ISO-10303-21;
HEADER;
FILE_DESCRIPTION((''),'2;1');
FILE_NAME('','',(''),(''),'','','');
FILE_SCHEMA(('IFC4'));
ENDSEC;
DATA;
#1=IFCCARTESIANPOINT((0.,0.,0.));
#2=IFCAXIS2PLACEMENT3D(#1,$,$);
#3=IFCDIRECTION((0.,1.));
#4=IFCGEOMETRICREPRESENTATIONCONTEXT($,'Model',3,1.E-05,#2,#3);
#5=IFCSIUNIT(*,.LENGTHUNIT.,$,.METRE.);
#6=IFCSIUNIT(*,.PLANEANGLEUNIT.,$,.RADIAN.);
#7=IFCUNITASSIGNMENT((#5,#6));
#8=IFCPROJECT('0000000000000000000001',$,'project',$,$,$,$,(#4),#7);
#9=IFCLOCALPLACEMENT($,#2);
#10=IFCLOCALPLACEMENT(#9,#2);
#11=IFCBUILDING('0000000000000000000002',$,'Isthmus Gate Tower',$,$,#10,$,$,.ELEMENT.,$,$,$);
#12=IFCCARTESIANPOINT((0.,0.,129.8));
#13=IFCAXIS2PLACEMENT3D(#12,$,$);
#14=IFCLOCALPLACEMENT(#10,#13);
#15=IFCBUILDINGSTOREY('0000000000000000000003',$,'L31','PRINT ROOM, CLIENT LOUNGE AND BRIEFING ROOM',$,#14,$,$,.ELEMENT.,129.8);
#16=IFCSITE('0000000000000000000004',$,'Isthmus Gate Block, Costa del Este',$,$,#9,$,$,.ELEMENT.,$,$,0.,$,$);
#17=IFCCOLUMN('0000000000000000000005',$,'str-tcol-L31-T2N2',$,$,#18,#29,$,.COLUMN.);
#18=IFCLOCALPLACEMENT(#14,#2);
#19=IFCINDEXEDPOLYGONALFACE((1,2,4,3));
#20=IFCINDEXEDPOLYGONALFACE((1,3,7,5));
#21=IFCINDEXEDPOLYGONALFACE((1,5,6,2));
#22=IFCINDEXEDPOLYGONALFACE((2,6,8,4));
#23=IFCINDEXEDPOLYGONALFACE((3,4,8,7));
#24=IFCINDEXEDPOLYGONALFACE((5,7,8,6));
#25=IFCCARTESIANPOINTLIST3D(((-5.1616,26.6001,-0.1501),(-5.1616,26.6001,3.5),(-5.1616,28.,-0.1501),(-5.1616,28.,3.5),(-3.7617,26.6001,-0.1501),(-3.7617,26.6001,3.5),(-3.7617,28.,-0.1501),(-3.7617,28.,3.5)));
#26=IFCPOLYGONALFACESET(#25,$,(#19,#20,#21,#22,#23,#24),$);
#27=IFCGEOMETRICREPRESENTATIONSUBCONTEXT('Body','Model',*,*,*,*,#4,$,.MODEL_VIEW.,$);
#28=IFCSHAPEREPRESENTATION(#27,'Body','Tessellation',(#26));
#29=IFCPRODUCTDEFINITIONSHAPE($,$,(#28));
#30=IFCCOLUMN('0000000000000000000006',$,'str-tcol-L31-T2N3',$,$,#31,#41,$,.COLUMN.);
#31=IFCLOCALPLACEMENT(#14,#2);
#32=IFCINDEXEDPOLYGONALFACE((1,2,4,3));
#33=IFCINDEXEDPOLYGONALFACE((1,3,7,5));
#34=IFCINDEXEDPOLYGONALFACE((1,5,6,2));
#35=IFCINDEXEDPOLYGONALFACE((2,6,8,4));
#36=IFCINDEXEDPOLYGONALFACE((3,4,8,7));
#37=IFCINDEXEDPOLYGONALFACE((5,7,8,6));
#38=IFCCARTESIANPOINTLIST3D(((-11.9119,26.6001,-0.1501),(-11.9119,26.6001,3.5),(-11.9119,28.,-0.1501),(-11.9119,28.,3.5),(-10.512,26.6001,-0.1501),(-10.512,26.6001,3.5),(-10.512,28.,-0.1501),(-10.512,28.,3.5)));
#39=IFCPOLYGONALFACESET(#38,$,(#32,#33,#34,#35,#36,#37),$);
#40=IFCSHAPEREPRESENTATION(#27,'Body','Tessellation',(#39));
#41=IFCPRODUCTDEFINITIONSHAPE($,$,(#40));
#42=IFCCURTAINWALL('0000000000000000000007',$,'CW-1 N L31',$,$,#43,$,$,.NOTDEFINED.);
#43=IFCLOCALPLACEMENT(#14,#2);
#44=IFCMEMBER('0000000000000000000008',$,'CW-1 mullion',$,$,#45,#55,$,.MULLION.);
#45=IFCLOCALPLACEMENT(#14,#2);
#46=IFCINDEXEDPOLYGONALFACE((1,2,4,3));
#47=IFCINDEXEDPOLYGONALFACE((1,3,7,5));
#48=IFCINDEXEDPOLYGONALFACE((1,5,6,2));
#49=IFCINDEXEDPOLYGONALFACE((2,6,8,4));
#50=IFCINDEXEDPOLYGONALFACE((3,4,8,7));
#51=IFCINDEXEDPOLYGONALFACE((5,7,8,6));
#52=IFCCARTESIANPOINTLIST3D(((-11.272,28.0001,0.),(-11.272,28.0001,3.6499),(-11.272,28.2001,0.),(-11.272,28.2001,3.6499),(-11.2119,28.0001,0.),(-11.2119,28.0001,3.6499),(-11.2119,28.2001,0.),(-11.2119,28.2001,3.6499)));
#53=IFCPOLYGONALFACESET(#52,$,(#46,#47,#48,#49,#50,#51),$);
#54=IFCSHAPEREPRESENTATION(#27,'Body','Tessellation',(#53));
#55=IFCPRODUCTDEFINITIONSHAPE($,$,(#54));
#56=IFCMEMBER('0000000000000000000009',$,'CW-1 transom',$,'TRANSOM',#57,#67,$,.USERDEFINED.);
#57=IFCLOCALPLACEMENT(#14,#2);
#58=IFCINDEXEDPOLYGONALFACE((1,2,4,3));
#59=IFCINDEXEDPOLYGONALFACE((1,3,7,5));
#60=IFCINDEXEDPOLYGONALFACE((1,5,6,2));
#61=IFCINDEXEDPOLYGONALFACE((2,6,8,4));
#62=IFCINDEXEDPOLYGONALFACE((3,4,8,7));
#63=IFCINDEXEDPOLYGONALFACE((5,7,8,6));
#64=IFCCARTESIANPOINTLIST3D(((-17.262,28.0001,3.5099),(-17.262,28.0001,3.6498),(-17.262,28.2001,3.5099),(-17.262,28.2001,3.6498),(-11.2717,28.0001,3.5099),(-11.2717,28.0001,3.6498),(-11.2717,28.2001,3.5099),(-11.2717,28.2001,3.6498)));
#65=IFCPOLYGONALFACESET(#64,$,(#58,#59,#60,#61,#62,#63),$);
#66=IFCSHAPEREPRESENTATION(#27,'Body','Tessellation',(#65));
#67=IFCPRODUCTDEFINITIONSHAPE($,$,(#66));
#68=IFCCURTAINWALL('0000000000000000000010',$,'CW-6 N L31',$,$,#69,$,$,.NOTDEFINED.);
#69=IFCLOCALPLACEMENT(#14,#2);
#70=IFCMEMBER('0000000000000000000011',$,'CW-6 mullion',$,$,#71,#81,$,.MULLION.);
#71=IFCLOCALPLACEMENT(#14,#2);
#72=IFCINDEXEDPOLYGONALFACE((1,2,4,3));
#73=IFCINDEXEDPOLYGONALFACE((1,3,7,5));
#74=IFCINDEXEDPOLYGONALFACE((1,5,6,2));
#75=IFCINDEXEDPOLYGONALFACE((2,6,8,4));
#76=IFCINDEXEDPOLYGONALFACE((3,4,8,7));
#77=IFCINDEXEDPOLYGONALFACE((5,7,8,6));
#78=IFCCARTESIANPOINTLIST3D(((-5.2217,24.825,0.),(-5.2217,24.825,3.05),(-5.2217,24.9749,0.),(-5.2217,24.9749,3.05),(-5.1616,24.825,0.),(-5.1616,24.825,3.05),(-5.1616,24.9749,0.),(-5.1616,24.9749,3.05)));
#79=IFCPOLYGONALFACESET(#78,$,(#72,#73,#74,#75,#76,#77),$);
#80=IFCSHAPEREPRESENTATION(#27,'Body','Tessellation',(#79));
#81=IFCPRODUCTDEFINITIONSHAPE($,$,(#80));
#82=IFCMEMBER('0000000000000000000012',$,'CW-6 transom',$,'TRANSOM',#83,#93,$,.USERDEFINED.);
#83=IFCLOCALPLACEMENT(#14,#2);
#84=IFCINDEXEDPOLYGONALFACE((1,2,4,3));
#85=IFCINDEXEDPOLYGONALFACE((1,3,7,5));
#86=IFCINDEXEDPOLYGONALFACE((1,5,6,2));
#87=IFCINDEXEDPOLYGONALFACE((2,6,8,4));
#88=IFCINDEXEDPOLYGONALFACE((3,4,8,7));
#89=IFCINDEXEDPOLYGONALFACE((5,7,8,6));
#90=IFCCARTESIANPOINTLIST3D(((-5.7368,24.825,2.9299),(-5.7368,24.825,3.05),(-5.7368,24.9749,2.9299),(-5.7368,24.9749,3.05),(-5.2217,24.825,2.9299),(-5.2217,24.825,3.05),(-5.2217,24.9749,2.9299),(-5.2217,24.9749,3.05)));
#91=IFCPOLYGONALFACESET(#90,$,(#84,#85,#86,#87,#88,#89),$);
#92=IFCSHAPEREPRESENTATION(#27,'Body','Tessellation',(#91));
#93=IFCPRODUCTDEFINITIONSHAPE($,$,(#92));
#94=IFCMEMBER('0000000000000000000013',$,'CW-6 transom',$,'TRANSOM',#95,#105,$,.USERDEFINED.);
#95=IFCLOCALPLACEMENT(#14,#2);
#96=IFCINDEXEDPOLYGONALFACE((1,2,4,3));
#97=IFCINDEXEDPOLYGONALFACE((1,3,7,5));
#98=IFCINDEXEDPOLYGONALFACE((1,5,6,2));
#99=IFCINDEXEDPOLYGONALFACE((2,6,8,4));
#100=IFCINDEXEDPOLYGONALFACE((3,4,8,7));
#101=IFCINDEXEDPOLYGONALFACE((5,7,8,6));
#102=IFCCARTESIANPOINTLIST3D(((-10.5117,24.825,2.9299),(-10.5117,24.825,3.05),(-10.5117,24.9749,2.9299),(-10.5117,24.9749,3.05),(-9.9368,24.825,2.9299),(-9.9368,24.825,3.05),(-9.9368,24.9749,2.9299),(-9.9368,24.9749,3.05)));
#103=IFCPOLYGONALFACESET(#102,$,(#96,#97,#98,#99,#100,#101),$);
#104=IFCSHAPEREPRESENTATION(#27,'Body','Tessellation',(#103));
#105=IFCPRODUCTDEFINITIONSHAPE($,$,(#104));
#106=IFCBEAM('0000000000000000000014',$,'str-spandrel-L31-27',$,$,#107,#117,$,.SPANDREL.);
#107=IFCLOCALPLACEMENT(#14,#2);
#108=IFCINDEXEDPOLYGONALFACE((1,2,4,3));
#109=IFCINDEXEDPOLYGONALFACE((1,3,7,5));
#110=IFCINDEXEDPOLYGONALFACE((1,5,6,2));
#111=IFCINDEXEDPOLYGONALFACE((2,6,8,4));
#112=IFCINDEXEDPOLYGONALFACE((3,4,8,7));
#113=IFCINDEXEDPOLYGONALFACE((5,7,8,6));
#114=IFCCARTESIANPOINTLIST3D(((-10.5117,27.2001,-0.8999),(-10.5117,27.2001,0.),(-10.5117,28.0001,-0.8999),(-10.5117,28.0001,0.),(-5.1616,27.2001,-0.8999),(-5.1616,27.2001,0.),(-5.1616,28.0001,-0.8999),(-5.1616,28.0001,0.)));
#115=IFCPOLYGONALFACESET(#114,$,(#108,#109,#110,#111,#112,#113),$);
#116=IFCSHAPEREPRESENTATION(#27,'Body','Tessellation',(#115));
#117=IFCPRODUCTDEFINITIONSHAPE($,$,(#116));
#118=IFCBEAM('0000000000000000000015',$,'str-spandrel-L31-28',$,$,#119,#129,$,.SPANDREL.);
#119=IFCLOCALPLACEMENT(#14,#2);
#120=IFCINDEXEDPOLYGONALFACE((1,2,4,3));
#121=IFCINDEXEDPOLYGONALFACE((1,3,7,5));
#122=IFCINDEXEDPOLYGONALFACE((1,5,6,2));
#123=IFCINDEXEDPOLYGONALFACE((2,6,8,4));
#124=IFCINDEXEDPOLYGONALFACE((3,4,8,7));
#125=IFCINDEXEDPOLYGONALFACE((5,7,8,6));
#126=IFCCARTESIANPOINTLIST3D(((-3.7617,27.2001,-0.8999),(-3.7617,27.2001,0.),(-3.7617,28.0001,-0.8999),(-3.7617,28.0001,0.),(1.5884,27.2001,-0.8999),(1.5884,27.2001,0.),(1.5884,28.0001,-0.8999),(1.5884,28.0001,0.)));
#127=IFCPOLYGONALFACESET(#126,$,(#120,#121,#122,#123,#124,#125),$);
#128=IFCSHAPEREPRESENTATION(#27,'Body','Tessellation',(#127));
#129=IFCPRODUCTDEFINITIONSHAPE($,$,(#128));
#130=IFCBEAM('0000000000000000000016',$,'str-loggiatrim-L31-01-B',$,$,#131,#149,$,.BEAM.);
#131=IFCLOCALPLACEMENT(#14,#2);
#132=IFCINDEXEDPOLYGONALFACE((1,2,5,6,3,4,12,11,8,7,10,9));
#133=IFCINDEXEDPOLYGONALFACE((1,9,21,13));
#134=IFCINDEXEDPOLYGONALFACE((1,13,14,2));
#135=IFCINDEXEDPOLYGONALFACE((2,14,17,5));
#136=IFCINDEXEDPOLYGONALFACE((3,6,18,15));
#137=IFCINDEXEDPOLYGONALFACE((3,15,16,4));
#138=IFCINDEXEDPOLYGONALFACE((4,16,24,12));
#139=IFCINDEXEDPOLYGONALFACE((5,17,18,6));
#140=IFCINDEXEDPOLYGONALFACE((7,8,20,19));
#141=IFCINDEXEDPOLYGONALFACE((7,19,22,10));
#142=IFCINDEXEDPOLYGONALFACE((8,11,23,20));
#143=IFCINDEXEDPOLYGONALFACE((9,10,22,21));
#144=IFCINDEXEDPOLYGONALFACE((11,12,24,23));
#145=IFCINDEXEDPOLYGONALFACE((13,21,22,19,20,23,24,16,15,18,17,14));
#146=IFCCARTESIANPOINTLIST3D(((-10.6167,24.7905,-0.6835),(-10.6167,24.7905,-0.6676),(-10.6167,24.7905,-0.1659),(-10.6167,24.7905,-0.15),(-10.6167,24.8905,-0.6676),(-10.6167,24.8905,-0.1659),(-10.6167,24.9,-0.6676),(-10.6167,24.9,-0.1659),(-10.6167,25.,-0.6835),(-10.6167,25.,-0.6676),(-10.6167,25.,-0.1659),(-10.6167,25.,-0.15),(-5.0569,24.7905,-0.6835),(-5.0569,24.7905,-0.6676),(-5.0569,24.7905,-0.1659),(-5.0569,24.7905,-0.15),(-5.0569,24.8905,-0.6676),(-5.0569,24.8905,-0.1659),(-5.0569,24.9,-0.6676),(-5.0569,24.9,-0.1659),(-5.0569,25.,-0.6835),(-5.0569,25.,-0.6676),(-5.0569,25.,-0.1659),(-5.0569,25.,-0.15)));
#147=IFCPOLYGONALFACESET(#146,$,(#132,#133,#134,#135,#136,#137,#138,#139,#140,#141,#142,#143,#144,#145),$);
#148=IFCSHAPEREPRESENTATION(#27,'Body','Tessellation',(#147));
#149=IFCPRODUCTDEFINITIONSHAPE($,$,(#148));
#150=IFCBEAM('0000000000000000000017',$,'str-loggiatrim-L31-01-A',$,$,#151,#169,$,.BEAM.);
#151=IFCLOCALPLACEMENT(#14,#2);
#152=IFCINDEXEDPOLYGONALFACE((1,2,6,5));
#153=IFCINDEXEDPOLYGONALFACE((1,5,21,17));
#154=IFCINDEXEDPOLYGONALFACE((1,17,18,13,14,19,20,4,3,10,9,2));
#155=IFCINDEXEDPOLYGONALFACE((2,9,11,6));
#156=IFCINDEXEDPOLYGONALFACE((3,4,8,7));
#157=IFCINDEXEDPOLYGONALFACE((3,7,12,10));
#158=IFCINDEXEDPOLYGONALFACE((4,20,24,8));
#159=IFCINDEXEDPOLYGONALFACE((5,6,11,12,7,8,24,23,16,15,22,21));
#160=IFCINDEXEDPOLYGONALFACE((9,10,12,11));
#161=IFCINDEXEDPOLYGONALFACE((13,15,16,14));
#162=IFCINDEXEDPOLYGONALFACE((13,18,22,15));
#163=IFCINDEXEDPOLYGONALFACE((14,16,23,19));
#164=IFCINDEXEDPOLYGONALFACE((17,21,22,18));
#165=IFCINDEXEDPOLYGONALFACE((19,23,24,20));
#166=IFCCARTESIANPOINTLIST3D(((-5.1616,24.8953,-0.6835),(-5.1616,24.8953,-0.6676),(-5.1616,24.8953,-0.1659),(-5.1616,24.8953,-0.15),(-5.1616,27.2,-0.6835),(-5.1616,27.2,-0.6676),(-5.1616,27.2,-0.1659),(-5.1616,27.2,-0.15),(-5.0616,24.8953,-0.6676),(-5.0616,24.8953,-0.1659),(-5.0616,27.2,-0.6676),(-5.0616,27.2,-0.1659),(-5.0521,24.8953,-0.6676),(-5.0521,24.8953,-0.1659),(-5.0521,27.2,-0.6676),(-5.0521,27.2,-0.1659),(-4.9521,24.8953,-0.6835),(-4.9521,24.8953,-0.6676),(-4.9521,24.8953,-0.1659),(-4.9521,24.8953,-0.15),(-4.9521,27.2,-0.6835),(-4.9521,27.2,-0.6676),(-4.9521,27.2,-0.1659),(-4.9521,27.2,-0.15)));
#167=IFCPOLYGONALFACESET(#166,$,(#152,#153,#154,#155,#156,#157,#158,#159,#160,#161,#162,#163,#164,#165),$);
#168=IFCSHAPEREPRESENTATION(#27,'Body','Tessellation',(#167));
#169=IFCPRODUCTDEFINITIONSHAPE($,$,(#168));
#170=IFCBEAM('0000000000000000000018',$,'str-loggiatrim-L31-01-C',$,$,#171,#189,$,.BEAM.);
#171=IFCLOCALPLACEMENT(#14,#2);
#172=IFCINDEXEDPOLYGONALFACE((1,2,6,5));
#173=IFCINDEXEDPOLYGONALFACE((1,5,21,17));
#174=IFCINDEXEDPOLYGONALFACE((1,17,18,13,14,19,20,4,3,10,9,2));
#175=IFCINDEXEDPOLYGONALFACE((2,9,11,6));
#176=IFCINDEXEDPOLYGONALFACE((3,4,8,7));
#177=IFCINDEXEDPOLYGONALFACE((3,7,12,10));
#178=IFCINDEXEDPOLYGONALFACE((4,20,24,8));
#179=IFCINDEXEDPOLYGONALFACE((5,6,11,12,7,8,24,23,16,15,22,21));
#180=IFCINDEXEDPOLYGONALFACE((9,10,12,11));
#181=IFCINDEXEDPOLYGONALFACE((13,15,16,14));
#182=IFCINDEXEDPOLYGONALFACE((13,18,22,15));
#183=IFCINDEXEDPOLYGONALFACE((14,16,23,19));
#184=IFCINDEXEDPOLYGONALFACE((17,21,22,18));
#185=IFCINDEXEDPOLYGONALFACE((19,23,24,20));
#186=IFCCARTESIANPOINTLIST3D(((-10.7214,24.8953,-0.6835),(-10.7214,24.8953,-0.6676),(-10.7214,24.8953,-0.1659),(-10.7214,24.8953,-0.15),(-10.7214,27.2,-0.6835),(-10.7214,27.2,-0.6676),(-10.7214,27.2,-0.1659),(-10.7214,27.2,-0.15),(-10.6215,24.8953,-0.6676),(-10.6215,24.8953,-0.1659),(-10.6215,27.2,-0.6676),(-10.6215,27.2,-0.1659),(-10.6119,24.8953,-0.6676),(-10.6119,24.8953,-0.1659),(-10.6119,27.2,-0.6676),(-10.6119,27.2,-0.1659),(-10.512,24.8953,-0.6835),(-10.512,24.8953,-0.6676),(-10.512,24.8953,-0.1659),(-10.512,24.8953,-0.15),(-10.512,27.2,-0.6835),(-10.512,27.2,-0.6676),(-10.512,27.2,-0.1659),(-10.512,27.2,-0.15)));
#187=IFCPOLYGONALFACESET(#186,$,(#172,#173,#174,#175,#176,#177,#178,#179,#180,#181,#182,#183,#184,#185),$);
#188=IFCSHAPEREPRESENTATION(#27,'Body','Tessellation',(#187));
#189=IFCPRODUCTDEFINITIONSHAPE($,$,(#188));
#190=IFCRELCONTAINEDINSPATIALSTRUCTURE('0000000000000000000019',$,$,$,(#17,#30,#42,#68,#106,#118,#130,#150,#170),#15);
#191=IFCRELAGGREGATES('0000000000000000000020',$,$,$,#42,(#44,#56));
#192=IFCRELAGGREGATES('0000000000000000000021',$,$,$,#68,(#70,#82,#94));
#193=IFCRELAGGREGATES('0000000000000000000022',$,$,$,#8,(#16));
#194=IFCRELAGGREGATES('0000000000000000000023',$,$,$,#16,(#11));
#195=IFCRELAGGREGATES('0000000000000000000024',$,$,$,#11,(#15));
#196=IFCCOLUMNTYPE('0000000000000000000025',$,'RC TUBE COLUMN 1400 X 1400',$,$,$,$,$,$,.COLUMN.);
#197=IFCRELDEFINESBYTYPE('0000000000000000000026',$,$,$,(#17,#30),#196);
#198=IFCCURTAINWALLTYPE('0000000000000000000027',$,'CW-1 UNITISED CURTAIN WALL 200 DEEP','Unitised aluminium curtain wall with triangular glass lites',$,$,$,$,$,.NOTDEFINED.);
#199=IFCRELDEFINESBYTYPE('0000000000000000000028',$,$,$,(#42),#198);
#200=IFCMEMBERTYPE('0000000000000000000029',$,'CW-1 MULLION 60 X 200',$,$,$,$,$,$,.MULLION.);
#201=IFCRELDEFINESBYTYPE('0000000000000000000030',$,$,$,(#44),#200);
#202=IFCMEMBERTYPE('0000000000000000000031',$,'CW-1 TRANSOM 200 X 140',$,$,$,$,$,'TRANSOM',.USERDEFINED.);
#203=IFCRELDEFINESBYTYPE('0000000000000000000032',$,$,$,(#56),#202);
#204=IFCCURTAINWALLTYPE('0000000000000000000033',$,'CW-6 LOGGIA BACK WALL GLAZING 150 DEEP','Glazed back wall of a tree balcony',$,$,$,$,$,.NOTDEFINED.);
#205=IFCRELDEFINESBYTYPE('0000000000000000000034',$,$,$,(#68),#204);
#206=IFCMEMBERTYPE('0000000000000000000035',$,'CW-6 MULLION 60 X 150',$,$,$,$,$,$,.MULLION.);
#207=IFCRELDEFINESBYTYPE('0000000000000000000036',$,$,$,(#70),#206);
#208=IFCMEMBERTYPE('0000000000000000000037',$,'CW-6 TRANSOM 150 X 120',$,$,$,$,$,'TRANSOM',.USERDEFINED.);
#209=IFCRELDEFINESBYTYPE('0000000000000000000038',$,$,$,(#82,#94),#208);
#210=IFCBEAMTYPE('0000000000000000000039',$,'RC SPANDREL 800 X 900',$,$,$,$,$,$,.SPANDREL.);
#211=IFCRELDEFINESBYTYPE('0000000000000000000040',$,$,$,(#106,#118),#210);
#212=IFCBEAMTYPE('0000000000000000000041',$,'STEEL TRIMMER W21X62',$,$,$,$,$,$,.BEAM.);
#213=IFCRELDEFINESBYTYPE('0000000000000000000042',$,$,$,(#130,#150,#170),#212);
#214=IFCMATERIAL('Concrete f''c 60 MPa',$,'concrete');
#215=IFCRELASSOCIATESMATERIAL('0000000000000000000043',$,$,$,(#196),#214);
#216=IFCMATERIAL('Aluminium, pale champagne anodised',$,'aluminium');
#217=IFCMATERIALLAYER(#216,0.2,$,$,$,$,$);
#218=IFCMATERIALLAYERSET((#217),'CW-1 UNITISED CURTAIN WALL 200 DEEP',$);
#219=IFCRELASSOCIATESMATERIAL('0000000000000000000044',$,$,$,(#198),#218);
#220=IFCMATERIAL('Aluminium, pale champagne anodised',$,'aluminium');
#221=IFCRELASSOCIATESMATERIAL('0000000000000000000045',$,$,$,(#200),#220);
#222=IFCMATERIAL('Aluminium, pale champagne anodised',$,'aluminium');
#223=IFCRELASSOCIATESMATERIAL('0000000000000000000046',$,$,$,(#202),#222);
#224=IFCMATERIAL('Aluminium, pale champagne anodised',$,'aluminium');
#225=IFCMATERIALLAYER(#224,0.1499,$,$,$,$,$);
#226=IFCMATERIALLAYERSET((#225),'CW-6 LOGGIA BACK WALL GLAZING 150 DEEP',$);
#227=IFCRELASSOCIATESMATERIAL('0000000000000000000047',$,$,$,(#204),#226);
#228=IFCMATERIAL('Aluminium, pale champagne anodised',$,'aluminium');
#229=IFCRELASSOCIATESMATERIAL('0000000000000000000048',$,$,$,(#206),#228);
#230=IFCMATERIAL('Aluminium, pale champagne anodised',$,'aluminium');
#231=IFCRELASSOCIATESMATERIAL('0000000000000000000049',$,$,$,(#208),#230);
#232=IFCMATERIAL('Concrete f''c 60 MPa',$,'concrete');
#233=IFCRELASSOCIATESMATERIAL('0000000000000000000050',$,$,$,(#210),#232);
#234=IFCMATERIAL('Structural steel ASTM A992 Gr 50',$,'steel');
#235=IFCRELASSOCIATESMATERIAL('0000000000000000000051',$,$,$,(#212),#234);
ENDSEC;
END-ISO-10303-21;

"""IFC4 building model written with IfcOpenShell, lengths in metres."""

from ifc_helpers import new_model, si_unit, direction, frame, origin, origin_2d, place, context, subcontext, project, spatial, rectangle, i_section, extrude, material, layer, layer_set, material_profile, profile_set, type_object, element, aggregate, save


model = new_model("IFC4")

# Units and contexts
model_context = context("Model", 3, precision=1e-05, world=origin(), true_north=direction((0.0, 1.0)))
body_context = subcontext(model_context, "Body", "Model", "MODEL_VIEW")
ifc_project = project(units=[si_unit("LENGTHUNIT", "METRE"), si_unit("PLANEANGLEUNIT", "RADIAN")], contexts=[model_context])

# Site, building, storey
site_placement = place(None, origin())
site = spatial("IfcSite", under=ifc_project, at=site_placement, Name="Isthmus Gate Block, Costa del Este", CompositionType="ELEMENT", RefElevation=0.0)
building_placement = place(site_placement, origin())
building = spatial("IfcBuilding", under=site, at=building_placement, Name="Isthmus Gate Tower", CompositionType="ELEMENT")
storey_placement = place(building_placement, frame((0.0, 0.0, 129.8)))
storey = spatial("IfcBuildingStorey", under=building, at=storey_placement, Name="L31", Description="PRINT ROOM, CLIENT LOUNGE AND BRIEFING ROOM", CompositionType="ELEMENT", Elevation=129.8)

# Columns
ifc_material_1 = material(Name="Concrete f'c 60 MPa", Category="concrete")
ifc_material_profile_1 = material_profile(ifc_material_1, rectangle(XDim=1.3999, YDim=1.3999, at=origin_2d()), Name="RC 1400X1400")
ifc_profile_set_1 = profile_set([ifc_material_profile_1], Name="Concrete f'c 60 MPa")
column_type = type_object("IfcColumnType", Name="RC TUBE COLUMN 1400 X 1400", PredefinedType="COLUMN", material=ifc_profile_set_1)
for number, where, z_axis, x_axis, name in (
    (1, (-4.4617, 27.3, -0.1501), (0.0, 0.0, 1.0), (-1.0, 0.0, 0.0), "str-tcol-L31-T2N2"),
    (2, (-11.2119, 27.3, -0.1501), (0.0, 0.0, 1.0), (-1.0, 0.0, 0.0), "str-tcol-L31-T2N3"),
):
    element("IfcColumn", number, at=place(storey_placement, frame(where, z_axis=z_axis, x_axis=x_axis)), inside=storey, type_object=column_type, Name=name, PredefinedType="COLUMN", context=body_context, shape_type="SweptSolid", body=[
        extrude(rectangle(XDim=1.3999, YDim=1.3999, at=origin_2d()), origin(), (0.0, 0.0, 1.0), 3.6501),
    ])

# Curtain walls, members
ifc_material_2 = material(Name="Aluminium, pale champagne anodised", Category="aluminium")
ifc_layer_1 = layer(ifc_material_2, 0.2)
ifc_layer_set_1 = layer_set([ifc_layer_1], Name="CW-1 UNITISED CURTAIN WALL 200 DEEP")
curtain_wall_type_1 = type_object("IfcCurtainWallType", Name="CW-1 UNITISED CURTAIN WALL 200 DEEP", Description="Unitised aluminium curtain wall with triangular glass lites", PredefinedType="NOTDEFINED", material=ifc_layer_set_1)
curtain_wall_1_placement = place(storey_placement, origin())
curtain_wall_1 = element("IfcCurtainWall", 3, at=curtain_wall_1_placement, inside=storey, type_object=curtain_wall_type_1, Name="CW-1 N L31", PredefinedType="NOTDEFINED")
ifc_material_3 = material(Name="Aluminium, pale champagne anodised", Category="aluminium")
ifc_material_profile_2 = material_profile(ifc_material_3, rectangle(XDim=0.0601, YDim=0.2, at=origin_2d()), Name="60x200")
ifc_profile_set_2 = profile_set([ifc_material_profile_2], Name="Aluminium, pale champagne anodised")
member_type_1 = type_object("IfcMemberType", Name="CW-1 MULLION 60 X 200", PredefinedType="MULLION", material=ifc_profile_set_2)
member_1_placement = place(storey_placement, frame((-11.2419, 28.1001, 0.0), z_axis=(0.0, 0.0, 1.0), x_axis=(-1.0, 0.0, 0.0)))
member_1 = element("IfcMember", 4, at=member_1_placement, type_object=member_type_1, Name="CW-1 mullion", PredefinedType="MULLION", context=body_context, shape_type="SweptSolid", body=[
    extrude(rectangle(XDim=0.0601, YDim=0.2, at=origin_2d()), origin(), (0.0, 0.0, 1.0), 3.6499),
])
ifc_material_4 = material(Name="Aluminium, pale champagne anodised", Category="aluminium")
ifc_material_profile_3 = material_profile(ifc_material_4, rectangle(XDim=0.2, YDim=0.1399, at=origin_2d()), Name="200x140")
ifc_profile_set_3 = profile_set([ifc_material_profile_3], Name="Aluminium, pale champagne anodised")
member_type_2 = type_object("IfcMemberType", Name="CW-1 TRANSOM 200 X 140", ElementType="TRANSOM", PredefinedType="USERDEFINED", material=ifc_profile_set_3)
member_2_placement = place(storey_placement, frame((-11.2717, 28.1001, 3.5798), z_axis=(-1.0, 0.0, 0.0), x_axis=(0.0, -1.0, 0.0)))
member_2 = element("IfcMember", 5, at=member_2_placement, type_object=member_type_2, Name="CW-1 transom", ObjectType="TRANSOM", PredefinedType="USERDEFINED", context=body_context, shape_type="SweptSolid", body=[
    extrude(rectangle(XDim=0.2, YDim=0.1399, at=origin_2d()), origin(), (0.0, 0.0, 1.0), 5.9902),
])
ifc_material_5 = material(Name="Aluminium, pale champagne anodised", Category="aluminium")
ifc_layer_2 = layer(ifc_material_5, 0.1499)
ifc_layer_set_2 = layer_set([ifc_layer_2], Name="CW-6 LOGGIA BACK WALL GLAZING 150 DEEP")
curtain_wall_type_2 = type_object("IfcCurtainWallType", Name="CW-6 LOGGIA BACK WALL GLAZING 150 DEEP", Description="Glazed back wall of a tree balcony", PredefinedType="NOTDEFINED", material=ifc_layer_set_2)
curtain_wall_2_placement = place(storey_placement, origin())
curtain_wall_2 = element("IfcCurtainWall", 6, at=curtain_wall_2_placement, inside=storey, type_object=curtain_wall_type_2, Name="CW-6 N L31", PredefinedType="NOTDEFINED")
ifc_material_6 = material(Name="Aluminium, pale champagne anodised", Category="aluminium")
ifc_material_profile_4 = material_profile(ifc_material_6, rectangle(XDim=0.0601, YDim=0.1499, at=origin_2d()), Name="60x150")
ifc_profile_set_4 = profile_set([ifc_material_profile_4], Name="Aluminium, pale champagne anodised")
member_type_3 = type_object("IfcMemberType", Name="CW-6 MULLION 60 X 150", PredefinedType="MULLION", material=ifc_profile_set_4)
member_3_placement = place(storey_placement, frame((-5.1917, 24.8999, 0.0), z_axis=(0.0, 0.0, 1.0), x_axis=(-1.0, 0.0, 0.0)))
member_3 = element("IfcMember", 7, at=member_3_placement, type_object=member_type_3, Name="CW-6 mullion", PredefinedType="MULLION", context=body_context, shape_type="SweptSolid", body=[
    extrude(rectangle(XDim=0.0601, YDim=0.1499, at=origin_2d()), origin(), (0.0, 0.0, 1.0), 3.05),
])
ifc_material_7 = material(Name="Aluminium, pale champagne anodised", Category="aluminium")
ifc_material_profile_5 = material_profile(ifc_material_7, rectangle(XDim=0.1499, YDim=0.1201, at=origin_2d()), Name="150x120")
ifc_profile_set_5 = profile_set([ifc_material_profile_5], Name="Aluminium, pale champagne anodised")
member_type_4 = type_object("IfcMemberType", Name="CW-6 TRANSOM 150 X 120", ElementType="TRANSOM", PredefinedType="USERDEFINED", material=ifc_profile_set_5)
member_4_placement = place(storey_placement, frame((-5.2217, 24.8999, 2.99), z_axis=(-1.0, 0.0, 0.0), x_axis=(0.0, -1.0, 0.0)))
member_4 = element("IfcMember", 8, at=member_4_placement, type_object=member_type_4, Name="CW-6 transom", ObjectType="TRANSOM", PredefinedType="USERDEFINED", context=body_context, shape_type="SweptSolid", body=[
    extrude(rectangle(XDim=0.1499, YDim=0.1201, at=origin_2d()), origin(), (0.0, 0.0, 1.0), 0.5151),
])
member_5_placement = place(storey_placement, frame((-9.9368, 24.8999, 2.99), z_axis=(-1.0, 0.0, 0.0), x_axis=(0.0, -1.0, 0.0)))
member_5 = element("IfcMember", 9, at=member_5_placement, type_object=member_type_4, Name="CW-6 transom", ObjectType="TRANSOM", PredefinedType="USERDEFINED", context=body_context, shape_type="SweptSolid", body=[
    extrude(rectangle(XDim=0.1499, YDim=0.1201, at=origin_2d()), origin(), (0.0, 0.0, 1.0), 0.575),
])

# Beams
ifc_material_8 = material(Name="Concrete f'c 60 MPa", Category="concrete")
ifc_material_profile_6 = material_profile(ifc_material_8, rectangle(XDim=0.8, YDim=0.8999, at=origin_2d()), Name="RC 800X900")
ifc_profile_set_6 = profile_set([ifc_material_profile_6], Name="Concrete f'c 60 MPa")
beam_type_1 = type_object("IfcBeamType", Name="RC SPANDREL 800 X 900", PredefinedType="SPANDREL", material=ifc_profile_set_6)
for number, where, z_axis, x_axis, name in (
    (10, (-10.5117, 27.6001, -0.45), (1.0, 0.0, 0.0), (0.0, 1.0, 0.0), "str-spandrel-L31-27"),
    (11, (-3.7617, 27.6001, -0.45), (1.0, 0.0, 0.0), (0.0, 1.0, 0.0), "str-spandrel-L31-28"),
):
    element("IfcBeam", number, at=place(storey_placement, frame(where, z_axis=z_axis, x_axis=x_axis)), inside=storey, type_object=beam_type_1, Name=name, PredefinedType="SPANDREL", context=body_context, shape_type="SweptSolid", body=[
        extrude(rectangle(XDim=0.8, YDim=0.8999, at=origin_2d()), origin(), (0.0, 0.0, 1.0), 5.3501),
    ])
ifc_material_9 = material(Name="Structural steel ASTM A992 Gr 50", Category="steel")
ifc_material_profile_7 = material_profile(ifc_material_9, i_section(OverallWidth=0.2095, OverallDepth=0.5334, WebThickness=0.0095, FlangeThickness=0.0159, at=origin_2d()), Name="W21X62")
ifc_profile_set_7 = profile_set([ifc_material_profile_7], Name="Structural steel ASTM A992 Gr 50")
beam_type_2 = type_object("IfcBeamType", Name="STEEL TRIMMER W21X62", PredefinedType="BEAM", material=ifc_profile_set_7)
beam_placement = place(storey_placement, frame((-5.0569, 24.8953, -0.4167), z_axis=(-1.0, 0.0, 0.0), x_axis=(0.0, -1.0, 0.0)))
element("IfcBeam", 12, at=beam_placement, inside=storey, type_object=beam_type_2, Name="str-loggiatrim-L31-01-B", PredefinedType="BEAM", context=body_context, shape_type="SweptSolid", body=[
    extrude(i_section(OverallWidth=0.2095, OverallDepth=0.5334, WebThickness=0.0095, FlangeThickness=0.0159, at=origin_2d()), origin(), (0.0, 0.0, 1.0), 5.5598),
])
for number, where, z_axis, x_axis, name in (
    (13, (-5.0569, 27.2, -0.4167), (0.0, -1.0, 0.0), (1.0, 0.0, 0.0), "str-loggiatrim-L31-01-A"),
    (14, (-10.6167, 27.2, -0.4167), (0.0, -1.0, 0.0), (1.0, 0.0, 0.0), "str-loggiatrim-L31-01-C"),
):
    element("IfcBeam", number, at=place(storey_placement, frame(where, z_axis=z_axis, x_axis=x_axis)), inside=storey, type_object=beam_type_2, Name=name, PredefinedType="BEAM", context=body_context, shape_type="SweptSolid", body=[
        extrude(i_section(OverallWidth=0.2095, OverallDepth=0.5334, WebThickness=0.0095, FlangeThickness=0.0159, at=origin_2d()), origin(), (0.0, 0.0, 1.0), 2.3047),
    ])

aggregate(curtain_wall_1, [member_1, member_2])
aggregate(curtain_wall_2, [member_3, member_4, member_5])

save(model, "model.ifc")
